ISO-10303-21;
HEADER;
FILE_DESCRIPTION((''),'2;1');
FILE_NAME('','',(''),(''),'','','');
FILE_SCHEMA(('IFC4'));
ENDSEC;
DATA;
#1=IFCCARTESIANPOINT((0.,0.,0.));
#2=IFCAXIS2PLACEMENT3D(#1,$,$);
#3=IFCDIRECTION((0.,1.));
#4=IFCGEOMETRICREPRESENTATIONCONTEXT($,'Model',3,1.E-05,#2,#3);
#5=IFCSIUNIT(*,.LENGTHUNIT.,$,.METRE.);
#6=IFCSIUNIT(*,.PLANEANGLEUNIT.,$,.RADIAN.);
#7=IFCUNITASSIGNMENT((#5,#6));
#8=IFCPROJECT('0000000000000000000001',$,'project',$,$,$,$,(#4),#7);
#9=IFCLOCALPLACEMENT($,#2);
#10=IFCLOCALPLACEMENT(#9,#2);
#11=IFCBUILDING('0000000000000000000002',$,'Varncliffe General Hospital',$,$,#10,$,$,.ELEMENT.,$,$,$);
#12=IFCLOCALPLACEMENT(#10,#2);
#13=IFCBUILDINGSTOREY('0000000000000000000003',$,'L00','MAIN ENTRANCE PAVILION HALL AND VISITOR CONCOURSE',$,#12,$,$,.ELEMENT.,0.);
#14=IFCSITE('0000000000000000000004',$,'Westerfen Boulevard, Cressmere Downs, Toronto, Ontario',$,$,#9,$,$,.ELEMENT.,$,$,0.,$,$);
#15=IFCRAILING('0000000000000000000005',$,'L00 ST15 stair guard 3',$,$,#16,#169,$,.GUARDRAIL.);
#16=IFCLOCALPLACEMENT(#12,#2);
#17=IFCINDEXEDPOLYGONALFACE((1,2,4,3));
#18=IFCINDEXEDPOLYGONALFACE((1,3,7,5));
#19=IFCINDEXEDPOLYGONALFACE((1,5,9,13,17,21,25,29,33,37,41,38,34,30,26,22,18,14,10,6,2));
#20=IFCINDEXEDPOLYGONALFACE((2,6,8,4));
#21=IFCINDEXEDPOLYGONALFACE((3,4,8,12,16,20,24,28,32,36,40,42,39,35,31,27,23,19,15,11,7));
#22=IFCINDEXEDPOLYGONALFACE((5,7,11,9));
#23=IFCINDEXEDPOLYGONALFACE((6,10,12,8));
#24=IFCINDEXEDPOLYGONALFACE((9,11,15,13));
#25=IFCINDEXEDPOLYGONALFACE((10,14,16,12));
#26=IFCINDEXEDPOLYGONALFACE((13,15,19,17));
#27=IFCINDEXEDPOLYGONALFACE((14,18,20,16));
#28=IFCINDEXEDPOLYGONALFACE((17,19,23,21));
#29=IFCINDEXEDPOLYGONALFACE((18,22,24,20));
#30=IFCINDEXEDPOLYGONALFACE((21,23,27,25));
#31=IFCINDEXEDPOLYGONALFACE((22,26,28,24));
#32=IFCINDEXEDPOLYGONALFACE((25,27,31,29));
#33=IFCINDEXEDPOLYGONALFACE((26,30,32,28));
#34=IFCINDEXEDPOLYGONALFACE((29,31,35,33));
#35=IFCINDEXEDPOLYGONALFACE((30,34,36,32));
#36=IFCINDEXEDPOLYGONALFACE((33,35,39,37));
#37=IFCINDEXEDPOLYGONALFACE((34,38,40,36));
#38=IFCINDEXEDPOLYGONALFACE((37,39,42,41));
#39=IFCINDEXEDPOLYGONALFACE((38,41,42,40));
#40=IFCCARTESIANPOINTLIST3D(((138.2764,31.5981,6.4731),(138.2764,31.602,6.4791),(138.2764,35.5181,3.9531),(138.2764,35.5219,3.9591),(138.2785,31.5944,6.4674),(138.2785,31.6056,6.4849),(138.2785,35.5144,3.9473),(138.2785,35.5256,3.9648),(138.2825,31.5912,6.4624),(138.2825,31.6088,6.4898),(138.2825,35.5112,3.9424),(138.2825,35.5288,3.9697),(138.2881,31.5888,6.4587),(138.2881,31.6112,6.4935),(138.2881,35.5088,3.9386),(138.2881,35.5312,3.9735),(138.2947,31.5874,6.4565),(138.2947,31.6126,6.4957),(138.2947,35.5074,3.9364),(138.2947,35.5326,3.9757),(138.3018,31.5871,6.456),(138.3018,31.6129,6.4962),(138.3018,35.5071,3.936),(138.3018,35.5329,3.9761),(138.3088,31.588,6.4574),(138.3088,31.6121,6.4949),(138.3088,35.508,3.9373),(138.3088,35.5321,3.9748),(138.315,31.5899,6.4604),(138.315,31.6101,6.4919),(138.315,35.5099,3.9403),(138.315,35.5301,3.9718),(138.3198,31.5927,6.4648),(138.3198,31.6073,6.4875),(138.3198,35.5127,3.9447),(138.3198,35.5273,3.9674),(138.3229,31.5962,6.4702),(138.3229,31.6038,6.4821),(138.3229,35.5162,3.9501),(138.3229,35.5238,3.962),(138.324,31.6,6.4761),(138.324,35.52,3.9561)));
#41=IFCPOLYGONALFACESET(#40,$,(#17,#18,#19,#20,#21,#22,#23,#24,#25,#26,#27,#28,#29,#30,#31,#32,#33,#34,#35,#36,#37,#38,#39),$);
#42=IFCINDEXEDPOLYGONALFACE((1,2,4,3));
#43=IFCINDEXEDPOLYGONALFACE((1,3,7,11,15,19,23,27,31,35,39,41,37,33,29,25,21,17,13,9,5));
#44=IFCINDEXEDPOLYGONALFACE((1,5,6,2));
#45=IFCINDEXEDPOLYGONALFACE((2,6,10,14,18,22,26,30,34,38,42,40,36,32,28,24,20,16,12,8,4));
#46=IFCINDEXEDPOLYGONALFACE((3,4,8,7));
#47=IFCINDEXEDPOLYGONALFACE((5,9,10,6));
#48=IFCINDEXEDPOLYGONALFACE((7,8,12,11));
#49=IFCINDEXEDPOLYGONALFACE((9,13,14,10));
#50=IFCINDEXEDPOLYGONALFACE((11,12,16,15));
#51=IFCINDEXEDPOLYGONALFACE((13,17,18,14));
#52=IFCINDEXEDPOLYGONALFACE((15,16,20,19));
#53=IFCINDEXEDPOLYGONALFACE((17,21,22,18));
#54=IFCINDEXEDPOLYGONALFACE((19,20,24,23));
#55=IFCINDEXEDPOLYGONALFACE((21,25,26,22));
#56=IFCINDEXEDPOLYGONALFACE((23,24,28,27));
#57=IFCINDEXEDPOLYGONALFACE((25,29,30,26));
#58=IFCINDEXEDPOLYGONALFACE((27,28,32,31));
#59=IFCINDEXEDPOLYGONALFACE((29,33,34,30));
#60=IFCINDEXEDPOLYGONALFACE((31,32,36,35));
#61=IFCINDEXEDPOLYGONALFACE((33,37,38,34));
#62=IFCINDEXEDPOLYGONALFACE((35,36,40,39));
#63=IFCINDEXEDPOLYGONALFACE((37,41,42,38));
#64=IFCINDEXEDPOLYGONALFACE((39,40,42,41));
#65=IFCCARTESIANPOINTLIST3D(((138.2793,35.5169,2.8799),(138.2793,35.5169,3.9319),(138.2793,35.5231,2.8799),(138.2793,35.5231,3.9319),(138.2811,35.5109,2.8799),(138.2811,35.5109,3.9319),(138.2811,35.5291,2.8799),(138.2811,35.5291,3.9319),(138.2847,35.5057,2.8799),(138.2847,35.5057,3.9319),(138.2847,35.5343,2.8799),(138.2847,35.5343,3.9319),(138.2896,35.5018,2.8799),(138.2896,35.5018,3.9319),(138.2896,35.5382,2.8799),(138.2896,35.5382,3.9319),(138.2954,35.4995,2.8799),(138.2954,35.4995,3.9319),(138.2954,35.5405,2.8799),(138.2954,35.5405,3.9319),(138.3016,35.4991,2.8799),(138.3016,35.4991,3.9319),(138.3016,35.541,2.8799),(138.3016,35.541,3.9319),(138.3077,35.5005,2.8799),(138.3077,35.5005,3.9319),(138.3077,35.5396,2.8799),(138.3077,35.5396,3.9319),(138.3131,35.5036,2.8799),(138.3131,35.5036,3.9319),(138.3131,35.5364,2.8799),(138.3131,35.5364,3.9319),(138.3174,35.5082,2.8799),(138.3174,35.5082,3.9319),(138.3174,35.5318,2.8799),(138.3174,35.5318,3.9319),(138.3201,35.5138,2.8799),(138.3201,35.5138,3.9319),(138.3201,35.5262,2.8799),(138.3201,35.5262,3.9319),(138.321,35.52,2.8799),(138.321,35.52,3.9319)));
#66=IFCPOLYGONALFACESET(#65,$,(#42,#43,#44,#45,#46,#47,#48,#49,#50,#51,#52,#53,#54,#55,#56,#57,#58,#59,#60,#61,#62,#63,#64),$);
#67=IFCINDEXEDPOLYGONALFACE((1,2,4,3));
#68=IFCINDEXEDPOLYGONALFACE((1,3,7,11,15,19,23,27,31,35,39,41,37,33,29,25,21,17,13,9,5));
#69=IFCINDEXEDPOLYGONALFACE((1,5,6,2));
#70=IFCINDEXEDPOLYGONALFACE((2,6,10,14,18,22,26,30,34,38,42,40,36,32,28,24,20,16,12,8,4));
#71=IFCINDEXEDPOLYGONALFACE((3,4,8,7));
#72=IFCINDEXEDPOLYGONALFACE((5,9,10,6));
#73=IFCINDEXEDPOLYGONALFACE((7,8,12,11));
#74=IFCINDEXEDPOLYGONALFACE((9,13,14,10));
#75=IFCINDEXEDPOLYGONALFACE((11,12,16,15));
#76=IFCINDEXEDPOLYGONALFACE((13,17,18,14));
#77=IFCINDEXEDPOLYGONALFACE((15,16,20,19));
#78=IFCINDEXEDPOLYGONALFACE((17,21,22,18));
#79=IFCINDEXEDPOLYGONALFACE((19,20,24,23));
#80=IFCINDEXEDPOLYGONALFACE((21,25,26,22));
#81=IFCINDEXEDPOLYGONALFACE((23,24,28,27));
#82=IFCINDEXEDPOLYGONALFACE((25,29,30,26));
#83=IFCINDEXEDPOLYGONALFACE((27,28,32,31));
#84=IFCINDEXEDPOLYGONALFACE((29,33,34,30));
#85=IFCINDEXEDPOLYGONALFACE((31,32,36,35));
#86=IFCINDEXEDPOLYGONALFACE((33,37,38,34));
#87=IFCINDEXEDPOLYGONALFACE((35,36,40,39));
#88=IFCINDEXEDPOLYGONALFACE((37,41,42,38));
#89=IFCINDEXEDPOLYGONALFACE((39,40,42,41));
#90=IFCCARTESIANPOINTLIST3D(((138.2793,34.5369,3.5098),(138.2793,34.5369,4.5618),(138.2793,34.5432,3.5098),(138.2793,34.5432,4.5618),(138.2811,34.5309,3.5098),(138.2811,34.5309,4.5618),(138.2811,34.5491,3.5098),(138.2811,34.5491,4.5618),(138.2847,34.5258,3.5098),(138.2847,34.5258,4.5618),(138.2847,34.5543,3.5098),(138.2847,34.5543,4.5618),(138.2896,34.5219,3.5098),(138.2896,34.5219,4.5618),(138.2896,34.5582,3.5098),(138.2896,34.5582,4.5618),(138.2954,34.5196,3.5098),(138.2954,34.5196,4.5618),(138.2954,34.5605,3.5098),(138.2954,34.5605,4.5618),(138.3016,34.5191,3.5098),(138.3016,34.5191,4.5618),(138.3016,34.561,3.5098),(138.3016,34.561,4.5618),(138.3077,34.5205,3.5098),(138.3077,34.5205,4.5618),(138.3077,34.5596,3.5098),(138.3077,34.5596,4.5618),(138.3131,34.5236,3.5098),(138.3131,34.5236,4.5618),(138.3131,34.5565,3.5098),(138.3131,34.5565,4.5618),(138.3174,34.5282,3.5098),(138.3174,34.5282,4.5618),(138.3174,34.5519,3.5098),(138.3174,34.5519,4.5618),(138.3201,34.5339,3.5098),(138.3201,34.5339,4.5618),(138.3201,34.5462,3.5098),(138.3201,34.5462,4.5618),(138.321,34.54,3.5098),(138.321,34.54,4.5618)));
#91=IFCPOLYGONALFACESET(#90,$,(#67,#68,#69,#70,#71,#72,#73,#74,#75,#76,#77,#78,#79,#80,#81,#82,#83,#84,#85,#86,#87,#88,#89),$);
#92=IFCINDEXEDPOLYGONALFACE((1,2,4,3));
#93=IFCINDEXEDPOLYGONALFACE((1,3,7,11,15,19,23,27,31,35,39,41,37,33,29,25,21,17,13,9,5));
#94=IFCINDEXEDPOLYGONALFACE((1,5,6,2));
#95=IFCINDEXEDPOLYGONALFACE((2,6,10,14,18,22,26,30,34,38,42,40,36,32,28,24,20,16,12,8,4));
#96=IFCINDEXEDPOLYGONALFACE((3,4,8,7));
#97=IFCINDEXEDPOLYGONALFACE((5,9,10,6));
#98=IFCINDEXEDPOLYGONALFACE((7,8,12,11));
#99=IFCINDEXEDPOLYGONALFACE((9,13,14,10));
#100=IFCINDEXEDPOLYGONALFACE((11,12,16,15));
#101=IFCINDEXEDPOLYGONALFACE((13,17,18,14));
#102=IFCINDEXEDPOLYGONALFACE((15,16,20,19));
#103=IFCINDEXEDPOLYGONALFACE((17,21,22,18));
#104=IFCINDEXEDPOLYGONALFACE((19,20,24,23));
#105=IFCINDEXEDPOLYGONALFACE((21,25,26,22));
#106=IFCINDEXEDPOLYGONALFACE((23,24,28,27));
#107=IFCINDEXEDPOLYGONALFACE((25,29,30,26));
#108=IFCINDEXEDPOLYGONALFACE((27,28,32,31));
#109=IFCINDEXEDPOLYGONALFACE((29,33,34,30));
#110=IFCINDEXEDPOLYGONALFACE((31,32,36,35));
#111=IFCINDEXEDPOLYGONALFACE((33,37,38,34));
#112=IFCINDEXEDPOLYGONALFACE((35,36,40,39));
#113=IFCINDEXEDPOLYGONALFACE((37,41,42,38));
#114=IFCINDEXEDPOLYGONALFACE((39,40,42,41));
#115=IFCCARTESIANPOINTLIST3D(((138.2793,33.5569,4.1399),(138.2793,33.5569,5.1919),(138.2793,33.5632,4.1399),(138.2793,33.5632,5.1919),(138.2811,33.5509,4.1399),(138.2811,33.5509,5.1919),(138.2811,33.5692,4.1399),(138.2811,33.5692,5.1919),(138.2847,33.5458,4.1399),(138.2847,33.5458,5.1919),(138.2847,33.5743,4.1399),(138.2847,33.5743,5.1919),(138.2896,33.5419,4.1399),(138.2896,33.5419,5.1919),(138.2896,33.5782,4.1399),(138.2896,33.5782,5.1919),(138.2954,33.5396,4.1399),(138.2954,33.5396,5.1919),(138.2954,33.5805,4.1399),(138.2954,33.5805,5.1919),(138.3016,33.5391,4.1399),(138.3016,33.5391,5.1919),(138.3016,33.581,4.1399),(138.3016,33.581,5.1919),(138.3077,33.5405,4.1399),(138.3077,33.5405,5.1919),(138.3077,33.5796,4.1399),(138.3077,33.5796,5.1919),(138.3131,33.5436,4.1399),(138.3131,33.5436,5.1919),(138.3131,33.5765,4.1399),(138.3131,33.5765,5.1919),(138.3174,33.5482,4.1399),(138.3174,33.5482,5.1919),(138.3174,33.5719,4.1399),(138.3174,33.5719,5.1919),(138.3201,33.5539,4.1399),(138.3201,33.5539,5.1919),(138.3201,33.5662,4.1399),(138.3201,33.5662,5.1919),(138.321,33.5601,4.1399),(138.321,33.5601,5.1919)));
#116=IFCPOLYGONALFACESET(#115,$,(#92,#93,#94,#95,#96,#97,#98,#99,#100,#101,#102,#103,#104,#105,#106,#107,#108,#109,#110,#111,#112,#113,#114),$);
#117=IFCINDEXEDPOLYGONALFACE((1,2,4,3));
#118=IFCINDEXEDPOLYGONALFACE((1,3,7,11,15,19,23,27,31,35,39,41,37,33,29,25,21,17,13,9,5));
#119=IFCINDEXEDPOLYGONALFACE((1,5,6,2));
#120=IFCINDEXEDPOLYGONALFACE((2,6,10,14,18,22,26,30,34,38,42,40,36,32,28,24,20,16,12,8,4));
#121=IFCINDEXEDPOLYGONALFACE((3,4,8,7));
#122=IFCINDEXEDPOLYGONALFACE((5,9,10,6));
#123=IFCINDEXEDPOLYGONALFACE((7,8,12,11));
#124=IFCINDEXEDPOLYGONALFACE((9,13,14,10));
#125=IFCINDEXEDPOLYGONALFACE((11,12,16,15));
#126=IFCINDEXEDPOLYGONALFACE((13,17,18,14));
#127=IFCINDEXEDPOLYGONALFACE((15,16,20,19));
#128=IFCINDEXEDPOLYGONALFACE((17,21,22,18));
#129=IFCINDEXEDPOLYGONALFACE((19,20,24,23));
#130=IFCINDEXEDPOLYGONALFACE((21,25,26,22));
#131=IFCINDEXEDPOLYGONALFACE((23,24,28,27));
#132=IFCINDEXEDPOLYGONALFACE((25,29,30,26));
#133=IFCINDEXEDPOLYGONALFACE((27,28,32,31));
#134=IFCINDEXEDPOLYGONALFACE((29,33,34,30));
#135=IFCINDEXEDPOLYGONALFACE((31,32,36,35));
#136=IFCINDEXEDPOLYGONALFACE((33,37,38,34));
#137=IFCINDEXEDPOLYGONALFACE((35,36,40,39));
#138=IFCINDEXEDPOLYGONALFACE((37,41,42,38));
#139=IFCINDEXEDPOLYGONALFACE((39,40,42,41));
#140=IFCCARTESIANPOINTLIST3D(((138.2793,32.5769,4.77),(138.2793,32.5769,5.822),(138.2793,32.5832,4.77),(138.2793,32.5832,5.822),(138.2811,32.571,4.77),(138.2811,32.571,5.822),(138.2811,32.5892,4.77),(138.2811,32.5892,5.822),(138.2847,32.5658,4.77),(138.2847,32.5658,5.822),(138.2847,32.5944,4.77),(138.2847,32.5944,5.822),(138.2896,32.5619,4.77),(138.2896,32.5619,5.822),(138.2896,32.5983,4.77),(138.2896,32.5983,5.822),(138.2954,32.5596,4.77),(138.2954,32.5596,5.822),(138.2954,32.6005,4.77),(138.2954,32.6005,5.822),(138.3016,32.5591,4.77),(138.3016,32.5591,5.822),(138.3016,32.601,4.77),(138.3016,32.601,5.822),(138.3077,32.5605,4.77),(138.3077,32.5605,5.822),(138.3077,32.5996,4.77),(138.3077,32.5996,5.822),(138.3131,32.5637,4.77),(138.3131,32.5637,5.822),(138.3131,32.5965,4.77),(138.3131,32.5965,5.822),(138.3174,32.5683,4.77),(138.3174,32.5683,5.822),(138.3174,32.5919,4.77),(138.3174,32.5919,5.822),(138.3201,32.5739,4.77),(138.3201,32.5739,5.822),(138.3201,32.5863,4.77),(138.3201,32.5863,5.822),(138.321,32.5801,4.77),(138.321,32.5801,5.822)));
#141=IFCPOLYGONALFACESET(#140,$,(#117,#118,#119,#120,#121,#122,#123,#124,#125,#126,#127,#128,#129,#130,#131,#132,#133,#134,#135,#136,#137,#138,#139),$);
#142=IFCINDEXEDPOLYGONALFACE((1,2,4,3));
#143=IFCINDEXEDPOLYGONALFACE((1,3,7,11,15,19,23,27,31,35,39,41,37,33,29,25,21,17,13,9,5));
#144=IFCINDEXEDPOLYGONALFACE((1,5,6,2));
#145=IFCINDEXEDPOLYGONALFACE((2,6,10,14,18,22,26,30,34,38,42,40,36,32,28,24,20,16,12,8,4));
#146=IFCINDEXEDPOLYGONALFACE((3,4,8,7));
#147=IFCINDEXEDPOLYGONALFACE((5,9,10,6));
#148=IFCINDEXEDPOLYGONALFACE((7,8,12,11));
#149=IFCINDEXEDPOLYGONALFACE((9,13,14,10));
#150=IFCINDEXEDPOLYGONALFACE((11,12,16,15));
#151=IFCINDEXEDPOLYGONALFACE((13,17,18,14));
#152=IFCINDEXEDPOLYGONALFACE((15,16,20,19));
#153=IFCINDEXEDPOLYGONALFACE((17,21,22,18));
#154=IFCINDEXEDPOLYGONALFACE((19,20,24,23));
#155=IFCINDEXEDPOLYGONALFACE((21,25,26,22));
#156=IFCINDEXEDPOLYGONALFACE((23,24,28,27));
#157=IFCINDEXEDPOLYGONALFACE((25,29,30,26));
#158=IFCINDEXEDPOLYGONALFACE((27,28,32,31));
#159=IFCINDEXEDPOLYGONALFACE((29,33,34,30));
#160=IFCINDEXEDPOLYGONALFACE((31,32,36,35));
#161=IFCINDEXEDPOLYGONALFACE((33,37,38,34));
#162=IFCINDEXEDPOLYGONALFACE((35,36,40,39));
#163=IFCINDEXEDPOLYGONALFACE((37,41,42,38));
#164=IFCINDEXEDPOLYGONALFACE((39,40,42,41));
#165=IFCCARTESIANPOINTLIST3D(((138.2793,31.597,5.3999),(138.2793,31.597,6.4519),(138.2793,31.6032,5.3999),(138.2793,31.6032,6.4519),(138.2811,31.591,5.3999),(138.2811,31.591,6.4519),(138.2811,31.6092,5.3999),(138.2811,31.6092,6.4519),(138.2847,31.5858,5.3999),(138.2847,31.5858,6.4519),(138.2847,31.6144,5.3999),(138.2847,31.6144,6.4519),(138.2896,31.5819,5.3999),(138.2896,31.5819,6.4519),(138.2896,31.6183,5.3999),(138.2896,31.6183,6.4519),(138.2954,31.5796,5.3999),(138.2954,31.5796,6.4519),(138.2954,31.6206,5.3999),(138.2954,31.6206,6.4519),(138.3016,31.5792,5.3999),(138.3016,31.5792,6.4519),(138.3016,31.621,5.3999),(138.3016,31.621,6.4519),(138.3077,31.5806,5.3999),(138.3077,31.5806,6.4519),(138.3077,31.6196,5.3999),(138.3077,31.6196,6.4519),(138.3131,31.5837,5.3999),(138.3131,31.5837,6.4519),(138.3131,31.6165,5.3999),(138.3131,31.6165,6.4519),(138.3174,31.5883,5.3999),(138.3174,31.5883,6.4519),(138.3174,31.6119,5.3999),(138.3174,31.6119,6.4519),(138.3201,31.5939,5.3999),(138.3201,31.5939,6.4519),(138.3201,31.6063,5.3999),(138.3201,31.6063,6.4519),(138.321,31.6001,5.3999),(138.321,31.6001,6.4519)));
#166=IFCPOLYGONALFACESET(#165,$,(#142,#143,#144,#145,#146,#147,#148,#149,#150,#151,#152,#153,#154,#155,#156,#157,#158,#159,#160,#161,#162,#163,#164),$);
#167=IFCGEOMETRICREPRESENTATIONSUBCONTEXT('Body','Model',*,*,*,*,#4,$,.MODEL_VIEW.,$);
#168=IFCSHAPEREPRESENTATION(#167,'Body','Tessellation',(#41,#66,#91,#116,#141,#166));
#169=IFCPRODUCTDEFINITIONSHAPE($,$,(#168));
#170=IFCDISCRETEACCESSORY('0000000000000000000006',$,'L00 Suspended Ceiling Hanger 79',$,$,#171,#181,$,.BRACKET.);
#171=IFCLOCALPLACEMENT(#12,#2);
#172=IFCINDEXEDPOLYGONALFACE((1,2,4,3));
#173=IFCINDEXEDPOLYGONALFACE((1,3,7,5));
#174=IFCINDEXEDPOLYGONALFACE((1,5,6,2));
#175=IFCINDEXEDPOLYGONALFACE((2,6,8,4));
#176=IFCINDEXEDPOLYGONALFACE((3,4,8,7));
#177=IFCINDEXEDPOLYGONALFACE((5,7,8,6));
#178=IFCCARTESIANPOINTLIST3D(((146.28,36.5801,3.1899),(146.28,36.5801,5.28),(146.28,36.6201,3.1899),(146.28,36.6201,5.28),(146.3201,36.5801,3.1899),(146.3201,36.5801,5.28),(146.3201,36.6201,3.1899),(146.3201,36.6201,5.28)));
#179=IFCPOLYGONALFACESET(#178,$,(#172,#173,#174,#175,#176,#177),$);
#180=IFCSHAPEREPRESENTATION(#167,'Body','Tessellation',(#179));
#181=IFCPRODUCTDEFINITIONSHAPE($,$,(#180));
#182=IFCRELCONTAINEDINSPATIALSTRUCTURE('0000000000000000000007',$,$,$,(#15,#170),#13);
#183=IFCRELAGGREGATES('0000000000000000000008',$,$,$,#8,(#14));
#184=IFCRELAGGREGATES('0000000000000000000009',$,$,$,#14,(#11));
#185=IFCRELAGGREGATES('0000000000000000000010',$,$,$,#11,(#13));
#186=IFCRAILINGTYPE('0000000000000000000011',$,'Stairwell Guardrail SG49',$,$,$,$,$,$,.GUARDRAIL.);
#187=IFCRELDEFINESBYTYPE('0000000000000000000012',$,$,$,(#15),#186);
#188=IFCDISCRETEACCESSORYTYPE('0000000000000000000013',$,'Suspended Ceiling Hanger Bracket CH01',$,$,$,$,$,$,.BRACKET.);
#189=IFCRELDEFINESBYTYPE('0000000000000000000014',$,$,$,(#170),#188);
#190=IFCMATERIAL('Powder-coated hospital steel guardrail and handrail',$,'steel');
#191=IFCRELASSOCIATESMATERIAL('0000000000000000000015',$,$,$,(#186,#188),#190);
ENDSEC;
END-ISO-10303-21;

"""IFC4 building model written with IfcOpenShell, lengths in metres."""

from ifc_helpers import new_model, si_unit, direction, frame, origin, origin_2d, place, context, subcontext, project, spatial, rectangle, circle, extrude, material, type_object, element, save


model = new_model("IFC4")

# Units and contexts
model_context = context("Model", 3, precision=1e-05, world=origin(), true_north=direction((0.0, 1.0)))
body_context = subcontext(model_context, "Body", "Model", "MODEL_VIEW")
ifc_project = project(units=[si_unit("LENGTHUNIT", "METRE"), si_unit("PLANEANGLEUNIT", "RADIAN")], contexts=[model_context])

# Site, building, storey
site_placement = place(None, origin())
site = spatial("IfcSite", under=ifc_project, at=site_placement, Name="Westerfen Boulevard, Cressmere Downs, Toronto, Ontario", CompositionType="ELEMENT", RefElevation=0.0)
building_placement = place(site_placement, origin())
building = spatial("IfcBuilding", under=site, at=building_placement, Name="Varncliffe General Hospital", CompositionType="ELEMENT")
storey_placement = place(building_placement, origin())
storey = spatial("IfcBuildingStorey", under=building, at=storey_placement, Name="L00", Description="MAIN ENTRANCE PAVILION HALL AND VISITOR CONCOURSE", CompositionType="ELEMENT", Elevation=0.0)

# Railing
ifc_material_1 = material(Name="Powder-coated hospital steel guardrail and handrail", Category="steel")
railing_type_1 = type_object("IfcRailingType", Name="Stairwell Guardrail SG49", PredefinedType="GUARDRAIL", material=ifc_material_1)
railing_1_placement = place(storey_placement, frame((138.3, 35.52, 2.8799)))
element("IfcRailing", 1, at=railing_1_placement, inside=storey, type_object=railing_type_1, Name="L00 ST15 stair guard 3", PredefinedType="GUARDRAIL", context=body_context, shape_type="SweptSolid", body=[
    extrude(circle(Radius=0.0239, at=origin_2d()), frame((0.0, 0.0, 1.0762), z_axis=(0.0, -0.841172, 0.540768), x_axis=(1.0, 0.0, 0.0)), (0.0, 0.0, 1.0), 4.6602),
    extrude(circle(Radius=0.021, at=origin_2d()), origin(), (0.0, 0.0, 1.0), 1.052),
    extrude(circle(Radius=0.021, at=origin_2d()), frame((0.0, -0.98, 0.6299)), (0.0, 0.0, 1.0), 1.052),
    extrude(circle(Radius=0.021, at=origin_2d()), frame((0.0, -1.96, 1.26)), (0.0, 0.0, 1.0), 1.052),
    extrude(circle(Radius=0.021, at=origin_2d()), frame((0.0, -2.9399, 1.8901)), (0.0, 0.0, 1.0), 1.052),
    extrude(circle(Radius=0.021, at=origin_2d()), frame((0.0, -3.9199, 2.52)), (0.0, 0.0, 1.0), 1.052),
])

# Discrete accessory
discrete_accessory_type = type_object("IfcDiscreteAccessoryType", Name="Suspended Ceiling Hanger Bracket CH01", PredefinedType="BRACKET", material=ifc_material_1)
discrete_accessory_placement = place(storey_placement, frame((146.3, 36.6001, 3.1899), z_axis=(0.0, 0.0, 1.0), x_axis=(1.0, 0.0, 0.0)))
element("IfcDiscreteAccessory", 2, at=discrete_accessory_placement, inside=storey, type_object=discrete_accessory_type, Name="L00 Suspended Ceiling Hanger 79", PredefinedType="BRACKET", context=body_context, shape_type="SweptSolid", body=[
    extrude(rectangle(XDim=0.04, YDim=0.04, at=origin_2d()), origin(), (0.0, 0.0, 1.0), 2.0901),
])

save(model, "model.ifc")
